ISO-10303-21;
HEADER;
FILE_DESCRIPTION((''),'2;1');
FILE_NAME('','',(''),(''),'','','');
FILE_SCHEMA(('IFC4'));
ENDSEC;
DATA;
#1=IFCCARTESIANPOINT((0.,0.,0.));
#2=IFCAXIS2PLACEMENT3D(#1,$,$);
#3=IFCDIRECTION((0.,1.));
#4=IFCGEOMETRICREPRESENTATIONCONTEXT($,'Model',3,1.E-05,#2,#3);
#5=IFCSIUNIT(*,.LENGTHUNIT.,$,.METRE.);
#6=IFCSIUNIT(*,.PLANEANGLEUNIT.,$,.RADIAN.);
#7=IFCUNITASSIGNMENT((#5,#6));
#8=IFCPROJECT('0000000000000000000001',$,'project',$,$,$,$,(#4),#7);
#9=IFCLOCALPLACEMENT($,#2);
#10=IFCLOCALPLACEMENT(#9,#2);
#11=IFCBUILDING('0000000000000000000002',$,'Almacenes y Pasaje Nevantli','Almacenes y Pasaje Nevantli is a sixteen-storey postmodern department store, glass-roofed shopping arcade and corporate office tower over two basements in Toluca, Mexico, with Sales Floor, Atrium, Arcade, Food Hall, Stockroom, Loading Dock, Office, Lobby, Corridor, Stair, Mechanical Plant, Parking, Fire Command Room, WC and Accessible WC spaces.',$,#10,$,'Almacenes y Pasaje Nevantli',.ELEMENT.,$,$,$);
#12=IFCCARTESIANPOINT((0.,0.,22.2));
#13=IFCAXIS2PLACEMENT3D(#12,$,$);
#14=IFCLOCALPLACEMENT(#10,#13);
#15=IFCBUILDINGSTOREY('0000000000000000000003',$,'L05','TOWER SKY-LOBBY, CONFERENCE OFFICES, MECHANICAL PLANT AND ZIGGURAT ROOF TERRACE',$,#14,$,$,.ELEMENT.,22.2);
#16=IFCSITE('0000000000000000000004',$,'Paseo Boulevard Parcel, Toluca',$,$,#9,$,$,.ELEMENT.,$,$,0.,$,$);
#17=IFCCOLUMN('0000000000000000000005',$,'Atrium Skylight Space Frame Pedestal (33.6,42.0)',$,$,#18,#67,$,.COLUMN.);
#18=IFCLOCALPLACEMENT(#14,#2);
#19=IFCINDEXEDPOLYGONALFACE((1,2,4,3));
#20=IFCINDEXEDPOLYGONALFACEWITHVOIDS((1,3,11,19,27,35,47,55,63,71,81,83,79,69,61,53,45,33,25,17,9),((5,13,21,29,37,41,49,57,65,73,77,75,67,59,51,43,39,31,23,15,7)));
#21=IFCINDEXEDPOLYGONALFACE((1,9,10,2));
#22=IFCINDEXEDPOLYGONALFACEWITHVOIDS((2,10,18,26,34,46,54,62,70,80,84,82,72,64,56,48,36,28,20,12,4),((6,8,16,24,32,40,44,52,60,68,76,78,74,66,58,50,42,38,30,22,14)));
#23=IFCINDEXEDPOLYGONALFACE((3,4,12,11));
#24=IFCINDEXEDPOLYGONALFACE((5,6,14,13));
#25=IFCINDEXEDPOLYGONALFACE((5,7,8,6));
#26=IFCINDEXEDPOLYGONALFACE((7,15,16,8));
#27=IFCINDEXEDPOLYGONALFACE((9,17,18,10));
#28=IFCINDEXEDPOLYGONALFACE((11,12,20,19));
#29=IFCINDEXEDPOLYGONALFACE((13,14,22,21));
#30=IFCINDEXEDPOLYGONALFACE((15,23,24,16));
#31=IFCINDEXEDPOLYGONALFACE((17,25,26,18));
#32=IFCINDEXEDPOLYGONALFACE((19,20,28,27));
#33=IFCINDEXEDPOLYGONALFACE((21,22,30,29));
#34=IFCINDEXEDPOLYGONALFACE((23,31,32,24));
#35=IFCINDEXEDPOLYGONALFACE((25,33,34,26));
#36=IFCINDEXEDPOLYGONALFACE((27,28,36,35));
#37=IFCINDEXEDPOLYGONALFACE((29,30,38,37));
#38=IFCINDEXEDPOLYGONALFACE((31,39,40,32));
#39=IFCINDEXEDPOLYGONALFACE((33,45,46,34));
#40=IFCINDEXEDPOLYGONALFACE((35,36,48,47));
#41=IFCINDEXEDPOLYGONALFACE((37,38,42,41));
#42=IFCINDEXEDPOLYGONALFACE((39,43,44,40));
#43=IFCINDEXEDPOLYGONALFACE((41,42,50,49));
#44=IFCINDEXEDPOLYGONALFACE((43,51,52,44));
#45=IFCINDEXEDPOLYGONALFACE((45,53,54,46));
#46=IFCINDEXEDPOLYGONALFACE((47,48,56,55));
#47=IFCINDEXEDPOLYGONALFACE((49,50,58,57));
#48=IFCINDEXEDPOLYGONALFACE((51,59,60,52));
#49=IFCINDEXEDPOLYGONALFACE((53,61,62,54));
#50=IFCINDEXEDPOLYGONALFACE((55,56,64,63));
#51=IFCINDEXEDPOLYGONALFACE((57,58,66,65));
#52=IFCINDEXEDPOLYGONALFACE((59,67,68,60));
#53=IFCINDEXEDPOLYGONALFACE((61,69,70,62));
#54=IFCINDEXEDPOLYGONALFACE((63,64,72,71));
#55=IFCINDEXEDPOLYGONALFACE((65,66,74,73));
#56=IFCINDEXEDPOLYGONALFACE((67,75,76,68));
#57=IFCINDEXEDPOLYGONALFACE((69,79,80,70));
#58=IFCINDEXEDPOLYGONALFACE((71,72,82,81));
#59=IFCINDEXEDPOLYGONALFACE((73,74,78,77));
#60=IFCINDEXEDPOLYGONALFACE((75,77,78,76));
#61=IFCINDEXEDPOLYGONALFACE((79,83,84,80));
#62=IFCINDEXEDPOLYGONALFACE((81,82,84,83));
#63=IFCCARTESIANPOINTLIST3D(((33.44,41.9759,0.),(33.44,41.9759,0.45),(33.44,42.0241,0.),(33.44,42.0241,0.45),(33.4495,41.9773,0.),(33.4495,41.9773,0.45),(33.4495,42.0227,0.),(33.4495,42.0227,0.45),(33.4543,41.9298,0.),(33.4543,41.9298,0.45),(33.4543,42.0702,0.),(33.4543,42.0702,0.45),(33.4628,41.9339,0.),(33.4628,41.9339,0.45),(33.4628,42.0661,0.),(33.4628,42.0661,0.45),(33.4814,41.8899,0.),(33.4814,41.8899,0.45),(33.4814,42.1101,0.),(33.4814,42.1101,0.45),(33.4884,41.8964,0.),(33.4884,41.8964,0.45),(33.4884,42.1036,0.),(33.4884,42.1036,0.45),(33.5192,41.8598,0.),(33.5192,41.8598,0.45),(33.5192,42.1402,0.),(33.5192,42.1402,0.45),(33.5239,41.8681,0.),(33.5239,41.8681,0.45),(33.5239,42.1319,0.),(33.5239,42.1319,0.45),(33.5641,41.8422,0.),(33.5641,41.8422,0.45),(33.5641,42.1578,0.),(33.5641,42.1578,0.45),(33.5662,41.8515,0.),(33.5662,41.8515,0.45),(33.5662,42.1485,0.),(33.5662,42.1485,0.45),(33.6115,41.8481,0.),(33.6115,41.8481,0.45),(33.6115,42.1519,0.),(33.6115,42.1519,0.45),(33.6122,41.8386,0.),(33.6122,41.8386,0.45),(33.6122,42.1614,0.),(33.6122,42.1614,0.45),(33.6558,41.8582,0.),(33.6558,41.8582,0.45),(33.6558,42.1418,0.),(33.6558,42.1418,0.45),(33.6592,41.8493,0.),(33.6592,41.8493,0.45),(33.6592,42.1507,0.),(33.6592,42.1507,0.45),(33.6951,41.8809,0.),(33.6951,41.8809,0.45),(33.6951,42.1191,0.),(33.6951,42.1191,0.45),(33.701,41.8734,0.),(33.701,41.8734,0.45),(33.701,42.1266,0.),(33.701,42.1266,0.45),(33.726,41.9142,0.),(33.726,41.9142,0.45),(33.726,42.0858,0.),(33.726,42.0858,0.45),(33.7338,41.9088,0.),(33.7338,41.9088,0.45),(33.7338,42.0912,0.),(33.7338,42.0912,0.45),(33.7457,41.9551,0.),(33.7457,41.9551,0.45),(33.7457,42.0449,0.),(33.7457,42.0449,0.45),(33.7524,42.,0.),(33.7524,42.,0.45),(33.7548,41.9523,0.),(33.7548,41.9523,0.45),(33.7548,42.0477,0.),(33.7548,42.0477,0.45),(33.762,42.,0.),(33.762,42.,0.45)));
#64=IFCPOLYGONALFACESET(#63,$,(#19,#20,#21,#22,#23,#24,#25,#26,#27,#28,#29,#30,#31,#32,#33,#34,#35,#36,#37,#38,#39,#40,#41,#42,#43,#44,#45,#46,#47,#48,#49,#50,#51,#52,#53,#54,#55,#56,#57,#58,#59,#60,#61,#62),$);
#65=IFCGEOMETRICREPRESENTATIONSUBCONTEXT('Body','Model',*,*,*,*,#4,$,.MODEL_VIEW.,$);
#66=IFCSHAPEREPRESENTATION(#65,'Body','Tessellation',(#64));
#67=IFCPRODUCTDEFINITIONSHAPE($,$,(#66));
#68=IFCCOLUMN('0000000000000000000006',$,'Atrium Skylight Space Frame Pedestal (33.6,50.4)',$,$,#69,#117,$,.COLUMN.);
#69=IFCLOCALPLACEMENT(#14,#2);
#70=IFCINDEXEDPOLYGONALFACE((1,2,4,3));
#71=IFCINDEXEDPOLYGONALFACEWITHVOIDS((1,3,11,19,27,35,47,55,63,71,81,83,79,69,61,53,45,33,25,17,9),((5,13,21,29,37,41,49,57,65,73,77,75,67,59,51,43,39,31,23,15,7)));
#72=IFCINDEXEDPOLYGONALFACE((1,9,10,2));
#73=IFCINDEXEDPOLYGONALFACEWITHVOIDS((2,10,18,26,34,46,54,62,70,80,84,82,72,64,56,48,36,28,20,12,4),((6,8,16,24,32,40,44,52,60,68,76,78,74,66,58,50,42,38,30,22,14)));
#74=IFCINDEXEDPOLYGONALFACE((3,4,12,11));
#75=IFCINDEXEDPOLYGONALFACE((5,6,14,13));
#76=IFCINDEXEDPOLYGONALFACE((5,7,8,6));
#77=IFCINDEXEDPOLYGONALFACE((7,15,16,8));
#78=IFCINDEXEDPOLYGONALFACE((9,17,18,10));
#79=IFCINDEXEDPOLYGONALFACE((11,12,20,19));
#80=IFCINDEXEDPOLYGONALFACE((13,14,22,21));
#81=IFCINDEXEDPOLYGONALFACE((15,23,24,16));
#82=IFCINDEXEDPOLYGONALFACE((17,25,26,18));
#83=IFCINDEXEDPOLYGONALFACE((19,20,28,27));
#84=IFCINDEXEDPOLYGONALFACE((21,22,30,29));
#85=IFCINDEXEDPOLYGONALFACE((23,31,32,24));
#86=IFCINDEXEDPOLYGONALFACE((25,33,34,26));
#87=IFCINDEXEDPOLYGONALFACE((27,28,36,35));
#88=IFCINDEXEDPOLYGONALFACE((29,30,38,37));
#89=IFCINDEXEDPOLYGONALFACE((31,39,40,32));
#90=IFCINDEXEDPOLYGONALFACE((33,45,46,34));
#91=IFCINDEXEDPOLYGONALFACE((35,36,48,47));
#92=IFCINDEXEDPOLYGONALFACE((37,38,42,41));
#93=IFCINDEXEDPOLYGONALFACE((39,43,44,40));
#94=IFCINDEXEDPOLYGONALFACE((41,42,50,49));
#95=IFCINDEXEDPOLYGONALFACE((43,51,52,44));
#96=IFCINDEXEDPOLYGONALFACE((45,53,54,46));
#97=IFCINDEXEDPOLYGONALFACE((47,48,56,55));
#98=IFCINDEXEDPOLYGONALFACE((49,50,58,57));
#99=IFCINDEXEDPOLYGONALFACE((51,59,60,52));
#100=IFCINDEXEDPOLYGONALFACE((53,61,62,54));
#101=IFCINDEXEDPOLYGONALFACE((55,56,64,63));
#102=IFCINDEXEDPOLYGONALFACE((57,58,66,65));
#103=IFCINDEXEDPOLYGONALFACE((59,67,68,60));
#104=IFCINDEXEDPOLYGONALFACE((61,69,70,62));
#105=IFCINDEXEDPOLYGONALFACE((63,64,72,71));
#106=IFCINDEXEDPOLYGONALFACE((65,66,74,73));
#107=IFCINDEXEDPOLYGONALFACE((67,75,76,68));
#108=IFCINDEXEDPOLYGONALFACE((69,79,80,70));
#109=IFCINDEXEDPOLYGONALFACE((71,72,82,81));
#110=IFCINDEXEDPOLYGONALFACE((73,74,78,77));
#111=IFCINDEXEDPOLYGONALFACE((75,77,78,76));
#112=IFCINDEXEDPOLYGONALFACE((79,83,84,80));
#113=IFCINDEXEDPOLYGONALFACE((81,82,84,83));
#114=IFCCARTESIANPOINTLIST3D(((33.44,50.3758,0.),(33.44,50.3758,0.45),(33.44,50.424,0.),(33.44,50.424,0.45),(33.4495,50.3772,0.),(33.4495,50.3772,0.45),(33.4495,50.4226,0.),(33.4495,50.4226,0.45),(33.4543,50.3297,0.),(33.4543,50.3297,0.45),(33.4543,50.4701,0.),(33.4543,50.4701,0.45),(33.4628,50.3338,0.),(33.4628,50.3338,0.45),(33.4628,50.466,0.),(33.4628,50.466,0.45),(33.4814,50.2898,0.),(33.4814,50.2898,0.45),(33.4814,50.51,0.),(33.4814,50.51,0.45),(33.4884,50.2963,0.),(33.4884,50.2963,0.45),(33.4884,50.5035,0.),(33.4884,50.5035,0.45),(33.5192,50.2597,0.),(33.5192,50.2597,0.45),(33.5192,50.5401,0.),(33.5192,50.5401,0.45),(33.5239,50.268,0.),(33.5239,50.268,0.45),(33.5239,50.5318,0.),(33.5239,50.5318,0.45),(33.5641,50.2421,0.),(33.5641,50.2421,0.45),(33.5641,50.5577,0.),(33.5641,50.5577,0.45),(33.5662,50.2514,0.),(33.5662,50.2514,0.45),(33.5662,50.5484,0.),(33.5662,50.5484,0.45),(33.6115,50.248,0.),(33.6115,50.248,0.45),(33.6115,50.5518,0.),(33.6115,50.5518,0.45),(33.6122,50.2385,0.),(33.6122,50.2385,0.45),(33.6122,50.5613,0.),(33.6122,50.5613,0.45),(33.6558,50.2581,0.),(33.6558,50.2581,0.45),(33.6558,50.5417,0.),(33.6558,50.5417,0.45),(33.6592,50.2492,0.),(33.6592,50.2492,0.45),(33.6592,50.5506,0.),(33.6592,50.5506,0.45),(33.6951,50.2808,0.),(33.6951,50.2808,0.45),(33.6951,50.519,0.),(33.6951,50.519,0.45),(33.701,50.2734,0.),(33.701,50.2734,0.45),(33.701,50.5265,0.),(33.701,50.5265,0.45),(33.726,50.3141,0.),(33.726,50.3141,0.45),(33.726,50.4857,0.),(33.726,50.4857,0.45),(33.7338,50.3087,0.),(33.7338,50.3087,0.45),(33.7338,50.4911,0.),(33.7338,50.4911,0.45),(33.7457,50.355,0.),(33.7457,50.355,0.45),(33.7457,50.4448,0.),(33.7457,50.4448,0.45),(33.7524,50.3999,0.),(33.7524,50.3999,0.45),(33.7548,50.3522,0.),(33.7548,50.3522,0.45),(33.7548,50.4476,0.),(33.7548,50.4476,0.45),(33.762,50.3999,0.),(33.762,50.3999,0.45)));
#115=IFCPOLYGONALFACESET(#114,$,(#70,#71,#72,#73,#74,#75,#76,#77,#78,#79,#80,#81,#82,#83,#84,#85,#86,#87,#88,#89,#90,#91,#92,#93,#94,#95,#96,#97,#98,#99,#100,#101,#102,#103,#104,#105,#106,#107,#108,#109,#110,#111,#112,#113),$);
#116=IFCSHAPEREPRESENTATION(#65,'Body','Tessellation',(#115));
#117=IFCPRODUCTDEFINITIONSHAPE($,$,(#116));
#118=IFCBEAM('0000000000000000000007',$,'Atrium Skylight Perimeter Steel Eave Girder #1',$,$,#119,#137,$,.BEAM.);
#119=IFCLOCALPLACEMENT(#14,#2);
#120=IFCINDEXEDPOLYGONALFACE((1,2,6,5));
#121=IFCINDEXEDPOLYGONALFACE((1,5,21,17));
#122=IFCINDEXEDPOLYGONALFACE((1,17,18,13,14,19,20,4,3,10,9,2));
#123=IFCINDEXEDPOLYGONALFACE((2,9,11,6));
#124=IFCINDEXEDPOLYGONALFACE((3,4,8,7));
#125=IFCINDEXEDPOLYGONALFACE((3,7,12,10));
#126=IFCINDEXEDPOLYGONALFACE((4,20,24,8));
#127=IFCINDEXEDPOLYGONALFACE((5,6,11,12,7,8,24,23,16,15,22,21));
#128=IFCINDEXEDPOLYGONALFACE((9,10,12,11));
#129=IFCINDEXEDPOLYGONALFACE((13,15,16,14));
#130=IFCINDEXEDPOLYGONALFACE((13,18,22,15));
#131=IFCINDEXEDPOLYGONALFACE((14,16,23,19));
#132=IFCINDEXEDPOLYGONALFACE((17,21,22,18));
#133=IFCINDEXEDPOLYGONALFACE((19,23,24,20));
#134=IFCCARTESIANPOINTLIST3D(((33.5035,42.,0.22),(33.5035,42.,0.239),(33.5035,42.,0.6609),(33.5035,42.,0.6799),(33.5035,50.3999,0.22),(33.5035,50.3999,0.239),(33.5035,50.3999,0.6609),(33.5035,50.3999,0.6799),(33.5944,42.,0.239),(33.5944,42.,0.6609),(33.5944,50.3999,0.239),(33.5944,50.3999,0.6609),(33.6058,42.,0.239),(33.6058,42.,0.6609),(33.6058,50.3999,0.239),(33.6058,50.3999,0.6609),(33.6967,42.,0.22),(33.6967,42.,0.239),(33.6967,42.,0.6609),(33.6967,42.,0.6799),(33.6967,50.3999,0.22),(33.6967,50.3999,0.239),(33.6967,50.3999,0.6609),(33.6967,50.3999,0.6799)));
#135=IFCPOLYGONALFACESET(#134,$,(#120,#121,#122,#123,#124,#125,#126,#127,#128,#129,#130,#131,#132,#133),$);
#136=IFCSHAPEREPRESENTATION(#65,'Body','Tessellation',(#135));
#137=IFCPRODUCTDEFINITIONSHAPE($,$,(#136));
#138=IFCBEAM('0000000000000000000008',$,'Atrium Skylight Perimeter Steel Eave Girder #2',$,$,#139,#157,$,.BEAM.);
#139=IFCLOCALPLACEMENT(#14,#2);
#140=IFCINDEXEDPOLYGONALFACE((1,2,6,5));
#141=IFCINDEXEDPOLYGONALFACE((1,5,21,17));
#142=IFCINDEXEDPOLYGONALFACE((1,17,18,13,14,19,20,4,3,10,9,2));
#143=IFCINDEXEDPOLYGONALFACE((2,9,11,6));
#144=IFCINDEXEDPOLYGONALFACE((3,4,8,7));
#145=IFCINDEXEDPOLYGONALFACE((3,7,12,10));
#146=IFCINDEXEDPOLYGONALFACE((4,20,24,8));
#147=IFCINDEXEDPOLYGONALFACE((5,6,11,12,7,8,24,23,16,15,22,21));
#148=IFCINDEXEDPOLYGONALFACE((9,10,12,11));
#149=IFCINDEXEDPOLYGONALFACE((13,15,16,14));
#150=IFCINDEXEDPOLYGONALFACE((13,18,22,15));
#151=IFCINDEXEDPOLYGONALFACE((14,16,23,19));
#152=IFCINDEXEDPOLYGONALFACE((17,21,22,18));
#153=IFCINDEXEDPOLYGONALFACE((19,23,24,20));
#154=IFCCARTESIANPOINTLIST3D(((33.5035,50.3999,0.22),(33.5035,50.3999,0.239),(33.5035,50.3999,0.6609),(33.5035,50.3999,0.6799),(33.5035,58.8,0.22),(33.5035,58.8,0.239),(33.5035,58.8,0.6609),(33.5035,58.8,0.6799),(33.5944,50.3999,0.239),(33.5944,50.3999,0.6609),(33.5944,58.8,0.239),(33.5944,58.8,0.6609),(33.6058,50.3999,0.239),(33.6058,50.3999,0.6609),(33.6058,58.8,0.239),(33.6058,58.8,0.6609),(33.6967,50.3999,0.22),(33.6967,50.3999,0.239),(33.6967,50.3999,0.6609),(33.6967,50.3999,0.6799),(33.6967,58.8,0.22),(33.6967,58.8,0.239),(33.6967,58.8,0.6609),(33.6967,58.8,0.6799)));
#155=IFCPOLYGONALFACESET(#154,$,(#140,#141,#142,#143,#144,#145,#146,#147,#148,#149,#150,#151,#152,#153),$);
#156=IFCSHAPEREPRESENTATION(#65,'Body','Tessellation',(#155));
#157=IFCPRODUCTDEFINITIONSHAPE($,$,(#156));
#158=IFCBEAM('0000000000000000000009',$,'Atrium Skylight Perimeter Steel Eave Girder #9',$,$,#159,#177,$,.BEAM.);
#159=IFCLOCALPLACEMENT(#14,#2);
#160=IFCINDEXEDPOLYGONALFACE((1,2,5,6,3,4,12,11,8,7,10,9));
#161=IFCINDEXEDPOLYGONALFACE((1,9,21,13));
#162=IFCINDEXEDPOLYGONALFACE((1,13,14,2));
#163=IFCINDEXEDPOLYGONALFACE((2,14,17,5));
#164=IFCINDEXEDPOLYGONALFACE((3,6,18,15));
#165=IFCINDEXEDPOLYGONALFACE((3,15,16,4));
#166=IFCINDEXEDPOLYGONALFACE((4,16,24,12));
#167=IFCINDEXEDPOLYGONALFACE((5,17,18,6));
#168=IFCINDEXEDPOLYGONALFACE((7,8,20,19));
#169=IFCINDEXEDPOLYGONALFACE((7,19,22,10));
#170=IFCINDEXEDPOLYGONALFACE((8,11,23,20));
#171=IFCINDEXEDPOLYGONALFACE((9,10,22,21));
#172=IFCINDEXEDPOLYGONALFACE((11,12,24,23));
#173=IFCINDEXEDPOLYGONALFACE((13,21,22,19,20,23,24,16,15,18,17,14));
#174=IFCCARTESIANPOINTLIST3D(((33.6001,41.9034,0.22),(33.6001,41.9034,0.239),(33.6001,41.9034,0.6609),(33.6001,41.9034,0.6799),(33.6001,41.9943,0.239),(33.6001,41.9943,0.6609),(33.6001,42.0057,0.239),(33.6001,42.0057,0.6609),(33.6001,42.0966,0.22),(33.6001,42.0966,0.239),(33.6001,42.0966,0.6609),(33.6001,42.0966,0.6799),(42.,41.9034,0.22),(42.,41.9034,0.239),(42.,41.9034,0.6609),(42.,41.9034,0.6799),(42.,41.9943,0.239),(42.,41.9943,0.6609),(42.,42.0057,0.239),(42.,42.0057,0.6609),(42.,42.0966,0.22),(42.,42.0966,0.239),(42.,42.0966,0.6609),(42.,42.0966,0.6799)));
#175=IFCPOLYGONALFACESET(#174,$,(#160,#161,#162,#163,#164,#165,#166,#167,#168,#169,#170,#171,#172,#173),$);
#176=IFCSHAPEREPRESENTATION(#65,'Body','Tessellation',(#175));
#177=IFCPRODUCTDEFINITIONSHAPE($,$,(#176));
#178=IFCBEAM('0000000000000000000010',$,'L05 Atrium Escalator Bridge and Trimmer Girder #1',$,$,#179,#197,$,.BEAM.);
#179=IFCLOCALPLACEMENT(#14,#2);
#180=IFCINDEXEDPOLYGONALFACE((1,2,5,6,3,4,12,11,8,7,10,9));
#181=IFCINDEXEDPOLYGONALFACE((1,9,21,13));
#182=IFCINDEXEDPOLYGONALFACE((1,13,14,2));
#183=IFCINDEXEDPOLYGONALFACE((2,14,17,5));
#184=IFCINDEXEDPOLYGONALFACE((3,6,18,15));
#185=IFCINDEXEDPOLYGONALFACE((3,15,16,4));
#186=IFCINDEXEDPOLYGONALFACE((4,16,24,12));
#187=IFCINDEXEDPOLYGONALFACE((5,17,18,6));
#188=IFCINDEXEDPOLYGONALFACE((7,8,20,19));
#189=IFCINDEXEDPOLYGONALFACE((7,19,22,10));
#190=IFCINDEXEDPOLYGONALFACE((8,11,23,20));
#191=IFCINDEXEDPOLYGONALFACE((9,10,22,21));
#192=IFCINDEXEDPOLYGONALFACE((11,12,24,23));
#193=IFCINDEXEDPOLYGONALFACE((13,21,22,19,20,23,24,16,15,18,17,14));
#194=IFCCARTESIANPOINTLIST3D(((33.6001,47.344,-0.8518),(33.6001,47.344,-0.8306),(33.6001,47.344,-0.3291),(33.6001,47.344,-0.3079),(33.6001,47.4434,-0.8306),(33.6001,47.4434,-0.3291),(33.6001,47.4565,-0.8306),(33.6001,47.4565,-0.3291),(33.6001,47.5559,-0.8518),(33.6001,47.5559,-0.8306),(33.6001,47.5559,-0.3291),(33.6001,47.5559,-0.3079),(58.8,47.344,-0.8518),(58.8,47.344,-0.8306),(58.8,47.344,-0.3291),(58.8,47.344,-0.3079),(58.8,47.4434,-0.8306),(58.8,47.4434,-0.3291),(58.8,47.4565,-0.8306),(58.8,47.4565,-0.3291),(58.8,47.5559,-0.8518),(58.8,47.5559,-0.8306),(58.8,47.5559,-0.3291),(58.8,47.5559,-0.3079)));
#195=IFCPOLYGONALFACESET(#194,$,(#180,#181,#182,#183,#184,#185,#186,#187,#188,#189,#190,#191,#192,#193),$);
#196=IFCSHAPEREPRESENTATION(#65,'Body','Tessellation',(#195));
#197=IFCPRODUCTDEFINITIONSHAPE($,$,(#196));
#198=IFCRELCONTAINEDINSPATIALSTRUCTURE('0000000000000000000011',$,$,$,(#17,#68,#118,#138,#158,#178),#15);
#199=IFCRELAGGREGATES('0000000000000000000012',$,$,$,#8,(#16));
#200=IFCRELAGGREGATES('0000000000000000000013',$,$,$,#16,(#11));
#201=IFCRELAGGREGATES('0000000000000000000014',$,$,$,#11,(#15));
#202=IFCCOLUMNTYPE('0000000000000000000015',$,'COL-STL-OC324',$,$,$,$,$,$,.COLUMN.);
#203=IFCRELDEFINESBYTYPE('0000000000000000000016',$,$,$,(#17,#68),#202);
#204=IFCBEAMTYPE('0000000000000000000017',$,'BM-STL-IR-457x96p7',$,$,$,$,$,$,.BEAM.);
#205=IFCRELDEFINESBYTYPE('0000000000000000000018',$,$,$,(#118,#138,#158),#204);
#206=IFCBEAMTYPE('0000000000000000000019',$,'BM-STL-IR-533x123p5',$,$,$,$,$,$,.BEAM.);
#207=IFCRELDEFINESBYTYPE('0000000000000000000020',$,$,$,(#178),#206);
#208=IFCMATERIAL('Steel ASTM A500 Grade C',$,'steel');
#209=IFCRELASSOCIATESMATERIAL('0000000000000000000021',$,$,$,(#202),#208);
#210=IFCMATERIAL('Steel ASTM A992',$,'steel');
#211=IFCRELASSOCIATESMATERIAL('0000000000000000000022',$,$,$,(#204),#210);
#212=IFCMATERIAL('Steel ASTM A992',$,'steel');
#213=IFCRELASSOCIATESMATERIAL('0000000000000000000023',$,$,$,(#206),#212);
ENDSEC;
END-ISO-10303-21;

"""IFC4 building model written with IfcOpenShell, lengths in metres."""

from ifc_helpers import new_model, si_unit, direction, frame, origin, origin_2d, place, context, subcontext, project, spatial, hollow_circle, i_section, extrude, material, material_profile, profile_set, type_object, element, save


model = new_model("IFC4")

# Units and contexts
model_context = context("Model", 3, precision=1e-05, world=origin(), true_north=direction((0.0, 1.0)))
body_context = subcontext(model_context, "Body", "Model", "MODEL_VIEW")
ifc_project = project(units=[si_unit("LENGTHUNIT", "METRE"), si_unit("PLANEANGLEUNIT", "RADIAN")], contexts=[model_context])

# Site, building, storey
site_placement = place(None, origin())
site = spatial("IfcSite", under=ifc_project, at=site_placement, Name="Paseo Boulevard Parcel, Toluca", CompositionType="ELEMENT", RefElevation=0.0)
building_placement = place(site_placement, origin())
building = spatial("IfcBuilding", under=site, at=building_placement, Name="Almacenes y Pasaje Nevantli", Description="Almacenes y Pasaje Nevantli is a sixteen-storey postmodern department store, glass-roofed shopping arcade and corporate office tower over two basements in Toluca, Mexico, with Sales Floor, Atrium, Arcade, Food Hall, Stockroom, Loading Dock, Office, Lobby, Corridor, Stair, Mechanical Plant, Parking, Fire Command Room, WC and Accessible WC spaces.", LongName="Almacenes y Pasaje Nevantli", CompositionType="ELEMENT")
storey_placement = place(building_placement, frame((0.0, 0.0, 22.2)))
storey = spatial("IfcBuildingStorey", under=building, at=storey_placement, Name="L05", Description="TOWER SKY-LOBBY, CONFERENCE OFFICES, MECHANICAL PLANT AND ZIGGURAT ROOF TERRACE", CompositionType="ELEMENT", Elevation=22.2)

# Columns
ifc_material_1 = material(Name="Steel ASTM A500 Grade C", Category="steel")
ifc_material_profile_1 = material_profile(ifc_material_1, hollow_circle(Radius=0.1619, WallThickness=0.0095, at=origin_2d()), Name="OC 324x9.5")
ifc_profile_set_1 = profile_set([ifc_material_profile_1], Name="Steel ASTM A500 Grade C")
column_type = type_object("IfcColumnType", Name="COL-STL-OC324", PredefinedType="COLUMN", material=ifc_profile_set_1)
for number, where, z_axis, x_axis, name in (
    (1, (33.6001, 42.0, 0.0), (0.0, 0.0, 1.0), (1.0, 0.0, 0.0), "Atrium Skylight Space Frame Pedestal (33.6,42.0)"),
    (2, (33.6001, 50.3999, 0.0), (0.0, 0.0, 1.0), (1.0, 0.0, 0.0), "Atrium Skylight Space Frame Pedestal (33.6,50.4)"),
):
    element("IfcColumn", number, at=place(storey_placement, frame(where, z_axis=z_axis, x_axis=x_axis)), inside=storey, type_object=column_type, Name=name, PredefinedType="COLUMN", context=body_context, shape_type="SweptSolid", body=[
        extrude(hollow_circle(Radius=0.1619, WallThickness=0.0095, at=origin_2d()), origin(), (0.0, 0.0, 1.0), 0.45),
    ])

# Beams
ifc_material_2 = material(Name="Steel ASTM A992", Category="steel")
ifc_material_profile_2 = material_profile(ifc_material_2, i_section(OverallWidth=0.1931, OverallDepth=0.46, WebThickness=0.0115, FlangeThickness=0.019, at=origin_2d()), Name="IR 457x96.7")
ifc_profile_set_2 = profile_set([ifc_material_profile_2], Name="Steel ASTM A992")
beam_type_1 = type_object("IfcBeamType", Name="BM-STL-IR-457x96p7", PredefinedType="BEAM", material=ifc_profile_set_2)
beam_1_placement = place(storey_placement, frame((33.6001, 42.0, 0.45), z_axis=(0.0, 1.0, 0.0), x_axis=(-1.0, 0.0, 0.0)))
element("IfcBeam", 3, at=beam_1_placement, inside=storey, type_object=beam_type_1, Name="Atrium Skylight Perimeter Steel Eave Girder #1", PredefinedType="BEAM", context=body_context, shape_type="SweptSolid", body=[
    extrude(i_section(OverallWidth=0.1931, OverallDepth=0.46, WebThickness=0.0115, FlangeThickness=0.019, at=origin_2d()), origin(), (0.0, 0.0, 1.0), 8.3999),
])
beam_2_placement = place(storey_placement, frame((33.6001, 50.3999, 0.45), z_axis=(0.0, 1.0, 0.0), x_axis=(-1.0, 0.0, 0.0)))
element("IfcBeam", 4, at=beam_2_placement, inside=storey, type_object=beam_type_1, Name="Atrium Skylight Perimeter Steel Eave Girder #2", PredefinedType="BEAM", context=body_context, shape_type="SweptSolid", body=[
    extrude(i_section(OverallWidth=0.1931, OverallDepth=0.46, WebThickness=0.0115, FlangeThickness=0.019, at=origin_2d()), origin(), (0.0, 0.0, 1.0), 8.4001),
])
beam_3_placement = place(storey_placement, frame((33.6001, 42.0, 0.45), z_axis=(1.0, 0.0, 0.0), x_axis=(0.0, 1.0, 0.0)))
element("IfcBeam", 5, at=beam_3_placement, inside=storey, type_object=beam_type_1, Name="Atrium Skylight Perimeter Steel Eave Girder #9", PredefinedType="BEAM", context=body_context, shape_type="SweptSolid", body=[
    extrude(i_section(OverallWidth=0.1931, OverallDepth=0.46, WebThickness=0.0115, FlangeThickness=0.019, at=origin_2d()), origin(), (0.0, 0.0, 1.0), 8.3999),
])
ifc_material_3 = material(Name="Steel ASTM A992", Category="steel")
ifc_material_profile_3 = material_profile(ifc_material_3, i_section(OverallWidth=0.2119, OverallDepth=0.5439, WebThickness=0.0132, FlangeThickness=0.0212, at=origin_2d()), Name="IR 533x123.5")
ifc_profile_set_3 = profile_set([ifc_material_profile_3], Name="Steel ASTM A992")
beam_type_2 = type_object("IfcBeamType", Name="BM-STL-IR-533x123p5", PredefinedType="BEAM", material=ifc_profile_set_3)
beam_4_placement = place(storey_placement, frame((33.6001, 47.45, -0.5798), z_axis=(1.0, 0.0, 0.0), x_axis=(0.0, 1.0, 0.0)))
element("IfcBeam", 6, at=beam_4_placement, inside=storey, type_object=beam_type_2, Name="L05 Atrium Escalator Bridge and Trimmer Girder #1", PredefinedType="BEAM", context=body_context, shape_type="SweptSolid", body=[
    extrude(i_section(OverallWidth=0.2119, OverallDepth=0.5439, WebThickness=0.0132, FlangeThickness=0.0212, at=origin_2d()), origin(), (0.0, 0.0, 1.0), 25.2),
])

save(model, "model.ifc")
